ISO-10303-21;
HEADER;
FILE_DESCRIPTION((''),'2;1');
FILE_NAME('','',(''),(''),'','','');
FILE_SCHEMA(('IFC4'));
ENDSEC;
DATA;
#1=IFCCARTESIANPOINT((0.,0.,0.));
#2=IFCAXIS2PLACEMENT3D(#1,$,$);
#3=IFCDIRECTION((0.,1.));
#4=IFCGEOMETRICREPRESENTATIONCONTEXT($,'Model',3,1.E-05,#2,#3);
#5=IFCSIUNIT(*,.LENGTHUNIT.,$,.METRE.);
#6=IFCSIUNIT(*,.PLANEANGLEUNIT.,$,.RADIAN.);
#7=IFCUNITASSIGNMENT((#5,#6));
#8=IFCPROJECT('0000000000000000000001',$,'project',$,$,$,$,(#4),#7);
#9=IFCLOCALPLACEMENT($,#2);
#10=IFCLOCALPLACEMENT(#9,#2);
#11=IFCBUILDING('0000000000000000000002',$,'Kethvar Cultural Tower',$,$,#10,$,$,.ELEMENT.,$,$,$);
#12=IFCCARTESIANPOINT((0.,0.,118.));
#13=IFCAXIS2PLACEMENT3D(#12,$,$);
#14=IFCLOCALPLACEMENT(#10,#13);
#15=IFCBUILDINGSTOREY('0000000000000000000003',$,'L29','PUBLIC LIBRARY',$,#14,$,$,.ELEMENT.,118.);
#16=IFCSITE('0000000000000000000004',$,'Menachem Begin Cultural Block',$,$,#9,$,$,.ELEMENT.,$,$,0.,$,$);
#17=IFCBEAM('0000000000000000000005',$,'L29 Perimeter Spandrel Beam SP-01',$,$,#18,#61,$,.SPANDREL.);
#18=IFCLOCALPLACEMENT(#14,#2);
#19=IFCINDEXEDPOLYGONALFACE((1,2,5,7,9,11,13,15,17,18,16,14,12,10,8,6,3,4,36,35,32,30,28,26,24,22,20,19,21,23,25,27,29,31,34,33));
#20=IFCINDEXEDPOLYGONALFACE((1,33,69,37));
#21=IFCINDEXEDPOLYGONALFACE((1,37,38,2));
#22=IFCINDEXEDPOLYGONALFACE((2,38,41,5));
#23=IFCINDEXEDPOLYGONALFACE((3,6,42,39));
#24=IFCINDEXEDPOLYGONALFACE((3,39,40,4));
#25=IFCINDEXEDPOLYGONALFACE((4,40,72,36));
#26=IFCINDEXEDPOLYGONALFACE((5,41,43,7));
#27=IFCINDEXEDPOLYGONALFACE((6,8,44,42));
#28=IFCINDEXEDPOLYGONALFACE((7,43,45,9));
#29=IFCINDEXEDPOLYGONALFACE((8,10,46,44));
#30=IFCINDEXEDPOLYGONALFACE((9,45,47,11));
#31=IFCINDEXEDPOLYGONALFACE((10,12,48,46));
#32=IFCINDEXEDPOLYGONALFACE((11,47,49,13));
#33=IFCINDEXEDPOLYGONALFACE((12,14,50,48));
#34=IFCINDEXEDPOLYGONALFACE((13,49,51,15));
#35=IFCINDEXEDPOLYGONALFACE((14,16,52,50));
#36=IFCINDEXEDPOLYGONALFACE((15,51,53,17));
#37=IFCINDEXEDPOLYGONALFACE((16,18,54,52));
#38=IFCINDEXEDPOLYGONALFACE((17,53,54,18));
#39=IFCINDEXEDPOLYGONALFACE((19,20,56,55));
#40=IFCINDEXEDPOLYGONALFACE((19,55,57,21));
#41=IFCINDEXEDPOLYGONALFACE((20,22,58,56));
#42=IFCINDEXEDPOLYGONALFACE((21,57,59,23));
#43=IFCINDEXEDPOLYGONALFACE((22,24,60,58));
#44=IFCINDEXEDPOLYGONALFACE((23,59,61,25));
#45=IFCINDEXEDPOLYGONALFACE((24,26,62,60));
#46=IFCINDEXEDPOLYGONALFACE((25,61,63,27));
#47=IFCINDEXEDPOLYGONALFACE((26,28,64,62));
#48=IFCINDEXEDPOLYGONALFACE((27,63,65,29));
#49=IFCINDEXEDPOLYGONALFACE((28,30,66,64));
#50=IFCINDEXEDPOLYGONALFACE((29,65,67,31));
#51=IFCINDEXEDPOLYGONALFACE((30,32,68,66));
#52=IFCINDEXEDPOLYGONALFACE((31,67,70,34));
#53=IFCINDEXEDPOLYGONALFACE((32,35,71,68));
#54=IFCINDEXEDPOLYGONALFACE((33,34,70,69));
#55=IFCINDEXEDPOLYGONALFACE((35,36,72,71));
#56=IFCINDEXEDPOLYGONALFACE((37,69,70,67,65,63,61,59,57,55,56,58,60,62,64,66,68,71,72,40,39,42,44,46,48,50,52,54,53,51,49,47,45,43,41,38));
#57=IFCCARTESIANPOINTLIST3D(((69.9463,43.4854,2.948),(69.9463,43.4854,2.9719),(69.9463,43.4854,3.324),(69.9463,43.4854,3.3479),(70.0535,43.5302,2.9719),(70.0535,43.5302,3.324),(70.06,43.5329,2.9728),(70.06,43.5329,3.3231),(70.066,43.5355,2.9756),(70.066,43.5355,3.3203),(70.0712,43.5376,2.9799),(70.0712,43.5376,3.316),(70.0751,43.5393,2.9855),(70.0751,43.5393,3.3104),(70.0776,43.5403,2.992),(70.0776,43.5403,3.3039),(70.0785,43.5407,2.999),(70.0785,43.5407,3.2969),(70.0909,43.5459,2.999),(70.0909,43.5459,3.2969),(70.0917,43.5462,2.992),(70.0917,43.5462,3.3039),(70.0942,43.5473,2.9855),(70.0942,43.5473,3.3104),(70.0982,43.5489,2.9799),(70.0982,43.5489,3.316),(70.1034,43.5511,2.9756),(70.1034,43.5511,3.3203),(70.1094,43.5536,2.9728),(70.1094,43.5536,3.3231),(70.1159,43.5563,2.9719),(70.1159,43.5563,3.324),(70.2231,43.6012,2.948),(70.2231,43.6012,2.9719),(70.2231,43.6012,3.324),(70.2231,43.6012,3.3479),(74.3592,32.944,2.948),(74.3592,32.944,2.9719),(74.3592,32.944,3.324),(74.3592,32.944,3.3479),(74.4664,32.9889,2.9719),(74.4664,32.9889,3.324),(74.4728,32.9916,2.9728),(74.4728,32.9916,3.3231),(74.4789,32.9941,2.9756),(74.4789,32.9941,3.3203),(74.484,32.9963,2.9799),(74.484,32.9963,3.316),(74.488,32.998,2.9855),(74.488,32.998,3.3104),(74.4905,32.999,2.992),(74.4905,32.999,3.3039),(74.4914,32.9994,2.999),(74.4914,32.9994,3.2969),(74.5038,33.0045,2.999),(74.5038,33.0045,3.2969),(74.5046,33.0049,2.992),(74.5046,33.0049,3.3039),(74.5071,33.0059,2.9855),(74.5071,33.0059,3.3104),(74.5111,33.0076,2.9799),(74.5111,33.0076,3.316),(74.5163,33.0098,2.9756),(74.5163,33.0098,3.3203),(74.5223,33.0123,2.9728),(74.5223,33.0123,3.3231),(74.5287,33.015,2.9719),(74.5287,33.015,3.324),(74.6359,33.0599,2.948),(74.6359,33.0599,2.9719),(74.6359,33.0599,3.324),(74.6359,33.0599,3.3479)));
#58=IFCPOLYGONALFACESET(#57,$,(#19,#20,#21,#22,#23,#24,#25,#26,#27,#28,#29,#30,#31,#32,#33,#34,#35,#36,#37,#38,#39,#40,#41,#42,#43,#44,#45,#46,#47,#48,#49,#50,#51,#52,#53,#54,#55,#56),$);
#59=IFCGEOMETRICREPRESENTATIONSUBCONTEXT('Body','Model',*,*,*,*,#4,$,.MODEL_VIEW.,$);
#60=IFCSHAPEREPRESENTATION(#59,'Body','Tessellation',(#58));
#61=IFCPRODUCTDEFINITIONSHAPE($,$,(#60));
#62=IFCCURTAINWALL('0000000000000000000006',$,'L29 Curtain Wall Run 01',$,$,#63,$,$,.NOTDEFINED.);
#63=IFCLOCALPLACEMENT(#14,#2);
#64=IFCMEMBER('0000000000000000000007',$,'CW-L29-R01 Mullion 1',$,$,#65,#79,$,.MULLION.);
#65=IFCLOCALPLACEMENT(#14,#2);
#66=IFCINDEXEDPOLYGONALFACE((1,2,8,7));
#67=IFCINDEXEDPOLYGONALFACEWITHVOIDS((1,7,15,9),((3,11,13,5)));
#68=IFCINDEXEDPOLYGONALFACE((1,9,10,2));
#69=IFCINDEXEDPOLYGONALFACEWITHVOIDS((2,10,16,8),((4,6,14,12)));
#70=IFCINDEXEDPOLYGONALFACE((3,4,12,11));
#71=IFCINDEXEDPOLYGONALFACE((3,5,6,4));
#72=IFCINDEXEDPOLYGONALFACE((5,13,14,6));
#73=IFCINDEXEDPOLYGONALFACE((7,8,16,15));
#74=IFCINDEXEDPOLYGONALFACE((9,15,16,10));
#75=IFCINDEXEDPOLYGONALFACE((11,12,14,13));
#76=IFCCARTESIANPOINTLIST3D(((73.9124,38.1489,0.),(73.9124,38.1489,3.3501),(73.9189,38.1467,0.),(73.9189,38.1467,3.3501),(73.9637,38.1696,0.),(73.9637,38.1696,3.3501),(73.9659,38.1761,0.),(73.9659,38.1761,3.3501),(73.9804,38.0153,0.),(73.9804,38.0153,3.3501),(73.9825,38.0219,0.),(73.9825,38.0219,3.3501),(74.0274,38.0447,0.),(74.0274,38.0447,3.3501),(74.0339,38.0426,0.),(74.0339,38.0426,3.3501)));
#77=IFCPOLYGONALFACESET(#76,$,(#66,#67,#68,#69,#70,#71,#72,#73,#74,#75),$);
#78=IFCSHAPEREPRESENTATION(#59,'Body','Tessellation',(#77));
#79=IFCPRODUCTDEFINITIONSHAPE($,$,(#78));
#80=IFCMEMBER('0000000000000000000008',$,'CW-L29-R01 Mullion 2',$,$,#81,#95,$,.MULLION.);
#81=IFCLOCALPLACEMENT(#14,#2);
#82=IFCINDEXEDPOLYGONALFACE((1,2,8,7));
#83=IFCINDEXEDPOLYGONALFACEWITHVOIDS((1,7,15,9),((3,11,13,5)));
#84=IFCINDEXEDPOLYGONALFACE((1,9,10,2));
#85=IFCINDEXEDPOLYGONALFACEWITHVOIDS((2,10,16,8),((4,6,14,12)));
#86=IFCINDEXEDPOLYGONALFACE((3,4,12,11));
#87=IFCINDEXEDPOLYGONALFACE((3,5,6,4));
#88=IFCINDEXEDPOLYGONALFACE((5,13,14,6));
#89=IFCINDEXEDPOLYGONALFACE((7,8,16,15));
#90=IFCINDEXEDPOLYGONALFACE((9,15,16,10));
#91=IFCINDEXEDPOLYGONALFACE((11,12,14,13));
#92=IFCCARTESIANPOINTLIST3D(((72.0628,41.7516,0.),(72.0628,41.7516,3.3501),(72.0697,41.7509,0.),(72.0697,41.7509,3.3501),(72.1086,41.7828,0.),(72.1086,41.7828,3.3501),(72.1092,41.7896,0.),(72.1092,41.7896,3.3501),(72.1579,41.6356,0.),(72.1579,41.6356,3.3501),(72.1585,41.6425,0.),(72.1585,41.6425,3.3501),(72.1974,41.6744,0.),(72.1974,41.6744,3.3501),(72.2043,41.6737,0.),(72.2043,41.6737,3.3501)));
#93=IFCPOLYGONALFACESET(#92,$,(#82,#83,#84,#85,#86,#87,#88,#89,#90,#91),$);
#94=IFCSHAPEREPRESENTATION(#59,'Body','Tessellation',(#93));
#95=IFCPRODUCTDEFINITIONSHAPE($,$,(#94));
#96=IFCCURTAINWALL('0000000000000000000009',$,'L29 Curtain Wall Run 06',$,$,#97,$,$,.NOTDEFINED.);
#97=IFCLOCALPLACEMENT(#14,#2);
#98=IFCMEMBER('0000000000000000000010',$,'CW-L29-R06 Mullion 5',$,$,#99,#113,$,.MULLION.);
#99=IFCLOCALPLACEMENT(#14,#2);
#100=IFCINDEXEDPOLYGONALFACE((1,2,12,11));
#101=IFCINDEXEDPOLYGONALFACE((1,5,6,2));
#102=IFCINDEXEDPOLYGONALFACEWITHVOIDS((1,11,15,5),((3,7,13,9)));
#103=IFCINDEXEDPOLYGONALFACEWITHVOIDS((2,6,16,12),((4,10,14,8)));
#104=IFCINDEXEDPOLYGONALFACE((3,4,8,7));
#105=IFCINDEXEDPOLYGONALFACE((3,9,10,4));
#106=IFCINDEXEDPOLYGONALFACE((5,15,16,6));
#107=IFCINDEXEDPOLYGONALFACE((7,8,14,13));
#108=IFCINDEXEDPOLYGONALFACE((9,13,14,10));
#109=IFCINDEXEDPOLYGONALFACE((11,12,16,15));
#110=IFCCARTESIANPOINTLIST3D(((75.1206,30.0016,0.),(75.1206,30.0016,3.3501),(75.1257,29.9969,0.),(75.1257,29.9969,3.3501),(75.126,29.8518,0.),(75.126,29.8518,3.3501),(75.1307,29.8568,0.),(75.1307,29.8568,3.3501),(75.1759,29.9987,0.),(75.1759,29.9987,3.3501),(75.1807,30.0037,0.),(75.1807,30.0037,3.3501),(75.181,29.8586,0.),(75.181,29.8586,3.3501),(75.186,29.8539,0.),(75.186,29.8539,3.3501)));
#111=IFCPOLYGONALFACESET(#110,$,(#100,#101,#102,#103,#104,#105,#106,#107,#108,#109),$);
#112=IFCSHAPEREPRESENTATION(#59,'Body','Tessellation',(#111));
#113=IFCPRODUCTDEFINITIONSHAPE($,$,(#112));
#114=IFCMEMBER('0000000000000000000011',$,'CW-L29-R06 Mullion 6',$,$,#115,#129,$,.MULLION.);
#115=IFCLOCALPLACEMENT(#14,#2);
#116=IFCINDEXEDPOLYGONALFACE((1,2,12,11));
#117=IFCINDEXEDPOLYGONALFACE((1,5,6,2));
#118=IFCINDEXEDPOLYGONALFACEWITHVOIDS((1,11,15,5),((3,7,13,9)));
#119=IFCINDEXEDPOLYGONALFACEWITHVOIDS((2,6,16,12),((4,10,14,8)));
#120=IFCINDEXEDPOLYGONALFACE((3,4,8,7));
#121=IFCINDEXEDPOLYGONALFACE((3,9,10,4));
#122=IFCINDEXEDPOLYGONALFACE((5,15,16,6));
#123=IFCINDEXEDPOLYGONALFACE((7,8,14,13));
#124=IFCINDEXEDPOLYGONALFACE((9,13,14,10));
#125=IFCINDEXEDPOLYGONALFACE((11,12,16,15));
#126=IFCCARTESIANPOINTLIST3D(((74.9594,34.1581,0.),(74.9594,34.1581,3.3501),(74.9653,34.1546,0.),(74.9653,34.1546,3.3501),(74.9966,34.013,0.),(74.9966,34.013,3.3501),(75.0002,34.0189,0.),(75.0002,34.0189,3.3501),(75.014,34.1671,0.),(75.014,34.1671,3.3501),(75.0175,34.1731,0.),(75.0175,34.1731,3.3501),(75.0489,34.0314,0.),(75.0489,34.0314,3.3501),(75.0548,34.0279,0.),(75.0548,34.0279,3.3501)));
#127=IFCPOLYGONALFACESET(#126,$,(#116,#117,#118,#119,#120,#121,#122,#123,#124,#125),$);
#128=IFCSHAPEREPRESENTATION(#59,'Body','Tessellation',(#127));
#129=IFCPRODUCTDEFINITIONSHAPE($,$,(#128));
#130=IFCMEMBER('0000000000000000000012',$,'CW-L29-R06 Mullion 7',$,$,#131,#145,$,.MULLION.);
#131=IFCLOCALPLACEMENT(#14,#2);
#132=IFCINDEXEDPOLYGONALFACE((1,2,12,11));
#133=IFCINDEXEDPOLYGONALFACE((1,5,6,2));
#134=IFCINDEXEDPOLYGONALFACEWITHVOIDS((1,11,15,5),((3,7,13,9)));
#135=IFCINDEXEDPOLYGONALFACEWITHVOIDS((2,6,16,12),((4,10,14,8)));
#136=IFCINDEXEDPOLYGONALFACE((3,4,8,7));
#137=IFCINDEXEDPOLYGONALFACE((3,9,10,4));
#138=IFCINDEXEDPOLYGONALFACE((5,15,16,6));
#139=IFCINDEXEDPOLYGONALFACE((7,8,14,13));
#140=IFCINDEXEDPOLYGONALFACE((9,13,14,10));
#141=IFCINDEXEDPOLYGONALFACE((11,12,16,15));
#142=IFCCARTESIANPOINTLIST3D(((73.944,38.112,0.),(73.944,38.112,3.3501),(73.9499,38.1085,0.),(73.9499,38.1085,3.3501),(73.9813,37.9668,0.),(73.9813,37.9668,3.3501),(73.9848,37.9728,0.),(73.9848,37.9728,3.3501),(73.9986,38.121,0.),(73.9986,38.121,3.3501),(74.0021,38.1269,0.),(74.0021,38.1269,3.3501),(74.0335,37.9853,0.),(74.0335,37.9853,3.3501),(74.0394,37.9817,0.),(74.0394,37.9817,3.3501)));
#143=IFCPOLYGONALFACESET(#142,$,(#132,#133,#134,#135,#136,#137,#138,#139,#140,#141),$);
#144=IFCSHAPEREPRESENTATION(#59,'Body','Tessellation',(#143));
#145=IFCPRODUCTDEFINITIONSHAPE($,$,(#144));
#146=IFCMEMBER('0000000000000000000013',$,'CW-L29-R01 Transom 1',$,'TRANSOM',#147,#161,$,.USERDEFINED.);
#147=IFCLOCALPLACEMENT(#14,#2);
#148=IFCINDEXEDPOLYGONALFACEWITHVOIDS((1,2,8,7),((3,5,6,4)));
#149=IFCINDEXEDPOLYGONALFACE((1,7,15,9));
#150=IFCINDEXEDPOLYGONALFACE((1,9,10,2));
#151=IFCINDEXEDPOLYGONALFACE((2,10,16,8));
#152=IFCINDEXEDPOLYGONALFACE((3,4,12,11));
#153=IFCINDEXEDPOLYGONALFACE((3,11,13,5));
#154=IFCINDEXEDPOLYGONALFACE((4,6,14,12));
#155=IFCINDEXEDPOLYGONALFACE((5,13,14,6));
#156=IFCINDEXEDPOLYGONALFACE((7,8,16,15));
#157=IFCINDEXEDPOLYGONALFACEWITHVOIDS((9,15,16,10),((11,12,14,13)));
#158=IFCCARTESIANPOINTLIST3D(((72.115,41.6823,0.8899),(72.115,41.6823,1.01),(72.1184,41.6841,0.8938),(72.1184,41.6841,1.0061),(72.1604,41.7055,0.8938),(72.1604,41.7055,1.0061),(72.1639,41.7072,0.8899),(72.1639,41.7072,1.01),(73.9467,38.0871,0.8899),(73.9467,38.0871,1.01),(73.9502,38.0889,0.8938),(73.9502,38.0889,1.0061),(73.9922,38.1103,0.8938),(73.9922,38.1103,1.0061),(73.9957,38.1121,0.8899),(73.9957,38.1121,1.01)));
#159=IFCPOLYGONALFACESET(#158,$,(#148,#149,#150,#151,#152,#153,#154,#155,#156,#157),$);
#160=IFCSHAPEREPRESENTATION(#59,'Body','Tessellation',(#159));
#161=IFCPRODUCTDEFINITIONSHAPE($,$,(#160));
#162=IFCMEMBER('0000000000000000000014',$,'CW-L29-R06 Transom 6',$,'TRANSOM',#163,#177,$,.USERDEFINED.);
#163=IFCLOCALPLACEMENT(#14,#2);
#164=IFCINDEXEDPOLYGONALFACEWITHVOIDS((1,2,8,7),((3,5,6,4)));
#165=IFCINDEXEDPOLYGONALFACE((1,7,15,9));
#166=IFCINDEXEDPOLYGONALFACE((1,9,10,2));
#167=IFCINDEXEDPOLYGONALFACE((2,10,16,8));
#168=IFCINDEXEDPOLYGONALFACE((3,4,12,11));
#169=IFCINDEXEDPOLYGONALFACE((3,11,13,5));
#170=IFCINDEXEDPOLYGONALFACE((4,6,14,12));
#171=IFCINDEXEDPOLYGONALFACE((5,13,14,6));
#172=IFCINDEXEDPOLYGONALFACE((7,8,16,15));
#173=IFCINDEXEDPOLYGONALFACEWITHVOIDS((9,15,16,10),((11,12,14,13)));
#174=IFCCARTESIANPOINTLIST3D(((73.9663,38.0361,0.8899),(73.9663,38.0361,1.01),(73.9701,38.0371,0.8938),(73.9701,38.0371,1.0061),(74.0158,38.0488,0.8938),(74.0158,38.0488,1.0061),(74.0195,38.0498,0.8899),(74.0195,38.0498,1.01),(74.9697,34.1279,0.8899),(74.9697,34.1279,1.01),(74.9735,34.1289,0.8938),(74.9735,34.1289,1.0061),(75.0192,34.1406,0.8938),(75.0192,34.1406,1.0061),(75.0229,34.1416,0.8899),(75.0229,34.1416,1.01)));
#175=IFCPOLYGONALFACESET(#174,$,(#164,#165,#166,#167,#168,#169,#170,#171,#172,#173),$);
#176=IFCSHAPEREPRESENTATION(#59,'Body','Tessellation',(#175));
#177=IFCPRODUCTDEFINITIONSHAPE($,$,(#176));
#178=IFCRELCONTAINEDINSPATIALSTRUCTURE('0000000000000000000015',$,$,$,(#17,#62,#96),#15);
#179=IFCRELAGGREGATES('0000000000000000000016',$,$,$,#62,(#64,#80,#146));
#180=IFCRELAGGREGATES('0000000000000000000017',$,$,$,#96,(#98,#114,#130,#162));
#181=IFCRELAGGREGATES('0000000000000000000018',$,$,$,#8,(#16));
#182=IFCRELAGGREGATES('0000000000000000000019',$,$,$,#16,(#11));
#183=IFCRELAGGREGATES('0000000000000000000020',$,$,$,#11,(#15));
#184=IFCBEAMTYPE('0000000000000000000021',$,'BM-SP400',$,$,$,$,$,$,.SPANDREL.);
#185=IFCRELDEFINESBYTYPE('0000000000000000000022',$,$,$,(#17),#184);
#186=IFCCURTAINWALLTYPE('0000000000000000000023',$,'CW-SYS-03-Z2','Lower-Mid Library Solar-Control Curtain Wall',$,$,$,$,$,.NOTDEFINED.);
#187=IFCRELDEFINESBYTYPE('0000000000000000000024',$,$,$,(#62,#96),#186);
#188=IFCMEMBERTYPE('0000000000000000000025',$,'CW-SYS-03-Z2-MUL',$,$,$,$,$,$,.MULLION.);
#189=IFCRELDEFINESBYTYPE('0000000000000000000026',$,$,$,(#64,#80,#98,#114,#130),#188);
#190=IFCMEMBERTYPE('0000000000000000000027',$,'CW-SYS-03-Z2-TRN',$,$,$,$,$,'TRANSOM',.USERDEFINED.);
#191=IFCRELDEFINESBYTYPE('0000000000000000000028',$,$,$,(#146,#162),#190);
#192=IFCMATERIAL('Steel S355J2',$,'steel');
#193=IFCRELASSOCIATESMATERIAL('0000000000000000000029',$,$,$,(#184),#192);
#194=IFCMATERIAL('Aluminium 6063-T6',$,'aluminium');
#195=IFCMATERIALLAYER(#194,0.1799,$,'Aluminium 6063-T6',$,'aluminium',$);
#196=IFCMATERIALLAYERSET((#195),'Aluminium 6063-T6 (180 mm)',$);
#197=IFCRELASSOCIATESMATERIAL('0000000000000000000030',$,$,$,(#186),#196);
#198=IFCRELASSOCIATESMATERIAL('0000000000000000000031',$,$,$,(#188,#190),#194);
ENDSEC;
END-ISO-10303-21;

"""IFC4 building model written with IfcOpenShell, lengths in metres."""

from ifc_helpers import new_model, si_unit, direction, frame, origin, origin_2d, place, context, subcontext, project, spatial, hollow_rectangle, i_section, extrude, source, transform, mapped, material, layer, layer_set, material_profile, profile_set, type_object, element, aggregate, save


model = new_model("IFC4")

# Units and contexts
model_context = context("Model", 3, precision=1e-05, world=origin(), true_north=direction((0.0, 1.0)))
body_context = subcontext(model_context, "Body", "Model", "MODEL_VIEW")
ifc_project = project(units=[si_unit("LENGTHUNIT", "METRE"), si_unit("PLANEANGLEUNIT", "RADIAN")], contexts=[model_context])

# Site, building, storey
site_placement = place(None, origin())
site = spatial("IfcSite", under=ifc_project, at=site_placement, Name="Menachem Begin Cultural Block", CompositionType="ELEMENT", RefElevation=0.0)
building_placement = place(site_placement, origin())
building = spatial("IfcBuilding", under=site, at=building_placement, Name="Kethvar Cultural Tower", CompositionType="ELEMENT")
storey_placement = place(building_placement, frame((0.0, 0.0, 118.0)))
storey = spatial("IfcBuildingStorey", under=building, at=storey_placement, Name="L29", Description="PUBLIC LIBRARY", CompositionType="ELEMENT", Elevation=118.0)

# Beam
ifc_material_1 = material(Name="Steel S355J2", Category="steel")
ifc_material_profile_1 = material_profile(ifc_material_1, i_section(OverallWidth=0.3, OverallDepth=0.3999, WebThickness=0.0134, FlangeThickness=0.0239, FilletRadius=0.0271, at=origin_2d()), Name="Steel S355J2 — HEB400")
ifc_profile_set_1 = profile_set([ifc_material_profile_1], Name="Steel S355J2 — HEB400")
beam_type_1 = type_object("IfcBeamType", Name="BM-SP400", PredefinedType="SPANDREL", material=ifc_profile_set_1)
shared_shape_1 = source(origin(), body_context, "Body", "SweptSolid", [
    extrude(i_section(OverallWidth=0.3, OverallDepth=0.3999, WebThickness=0.0134, FlangeThickness=0.0239, FilletRadius=0.0271, at=origin_2d()), origin(), (0.0, 0.0, 1.0), 11.4277),
])
beam_1_placement = place(storey_placement, frame((74.4976, 33.002, 3.1479), z_axis=(-0.386155, 0.922434, 0.0), x_axis=(-0.922434, -0.386155, 0.0)))
element("IfcBeam", 1, at=beam_1_placement, inside=storey, type_object=beam_type_1, Name="L29 Perimeter Spandrel Beam SP-01", PredefinedType="SPANDREL", context=body_context, shape_type="MappedRepresentation", body=[
    mapped(shared_shape_1, transform((0.0, 0.0, 0.0), scale=1.0)),
])

# Curtain walls, members
ifc_material_2 = material(Name="Aluminium 6063-T6", Category="aluminium")
ifc_layer_1 = layer(ifc_material_2, 0.1799, Name="Aluminium 6063-T6", Category="aluminium")
ifc_layer_set_1 = layer_set([ifc_layer_1], Name="Aluminium 6063-T6 (180 mm)")
curtain_wall_type = type_object("IfcCurtainWallType", Name="CW-SYS-03-Z2", Description="Lower-Mid Library Solar-Control Curtain Wall", PredefinedType="NOTDEFINED", material=ifc_layer_set_1)
curtain_wall_1_placement = place(storey_placement, origin())
curtain_wall_1 = element("IfcCurtainWall", 2, at=curtain_wall_1_placement, inside=storey, type_object=curtain_wall_type, Name="L29 Curtain Wall Run 01", PredefinedType="NOTDEFINED")
ifc_material_profile_2 = material_profile(ifc_material_2, hollow_rectangle(XDim=0.0601, YDim=0.1499, WallThickness=0.0049, at=origin_2d()), Name="Aluminium 6063-T6 — RHS150x60x5")
ifc_profile_set_2 = profile_set([ifc_material_profile_2], Name="Aluminium 6063-T6 — RHS150x60x5")
member_type_1 = type_object("IfcMemberType", Name="CW-SYS-03-Z2-MUL", PredefinedType="MULLION", material=ifc_profile_set_2)
shared_shape_2 = source(origin(), body_context, "Body", "SweptSolid", [
    extrude(hollow_rectangle(XDim=0.0601, YDim=0.1499, WallThickness=0.0049, at=origin_2d()), origin(), (0.0, 0.0, 1.0), 3.3501),
])
member_1_placement = place(storey_placement, frame((73.9731, 38.0957, 0.0), z_axis=(0.0, 0.0, 1.0), x_axis=(-0.891014, -0.453975, 0.0)))
member_1 = element("IfcMember", 3, at=member_1_placement, type_object=member_type_1, Name="CW-L29-R01 Mullion 1", PredefinedType="MULLION", context=body_context, shape_type="MappedRepresentation", body=[
    mapped(shared_shape_2, transform((0.0, 0.0, 0.0), scale=1.0)),
])
member_2_placement = place(storey_placement, frame((72.1335, 41.7126, 0.0), z_axis=(0.0, 0.0, 1.0), x_axis=(-0.773243, -0.63411, 0.0)))
member_2 = element("IfcMember", 4, at=member_2_placement, type_object=member_type_1, Name="CW-L29-R01 Mullion 2", PredefinedType="MULLION", context=body_context, shape_type="MappedRepresentation", body=[
    mapped(shared_shape_2, transform((0.0, 0.0, 0.0), scale=1.0)),
])
curtain_wall_2_placement = place(storey_placement, origin())
curtain_wall_2 = element("IfcCurtainWall", 5, at=curtain_wall_2_placement, inside=storey, type_object=curtain_wall_type, Name="L29 Curtain Wall Run 06", PredefinedType="NOTDEFINED")
member_3_placement = place(storey_placement, frame((75.1533, 29.9277, 0.0), z_axis=(0.0, 0.0, 1.0), x_axis=(-0.999362, -0.035702, 0.0)))
member_3 = element("IfcMember", 6, at=member_3_placement, type_object=member_type_1, Name="CW-L29-R06 Mullion 5", PredefinedType="MULLION", context=body_context, shape_type="MappedRepresentation", body=[
    mapped(shared_shape_2, transform((0.0, 0.0, 0.0), scale=1.0)),
])
member_4_placement = place(storey_placement, frame((75.0071, 34.093, 0.0), z_axis=(0.0, 0.0, 1.0), x_axis=(-0.968579, -0.248707, 0.0)))
member_4 = element("IfcMember", 7, at=member_4_placement, type_object=member_type_1, Name="CW-L29-R06 Mullion 6", PredefinedType="MULLION", context=body_context, shape_type="MappedRepresentation", body=[
    mapped(shared_shape_2, transform((0.0, 0.0, 0.0), scale=1.0)),
])
member_5_placement = place(storey_placement, frame((73.9917, 38.0469, 0.0), z_axis=(0.0, 0.0, 1.0), x_axis=(-0.968579, -0.248707, 0.0)))
member_5 = element("IfcMember", 8, at=member_5_placement, type_object=member_type_1, Name="CW-L29-R06 Mullion 7", PredefinedType="MULLION", context=body_context, shape_type="MappedRepresentation", body=[
    mapped(shared_shape_2, transform((0.0, 0.0, 0.0), scale=1.0)),
])

# Members
ifc_material_profile_3 = material_profile(ifc_material_2, hollow_rectangle(XDim=0.0549, YDim=0.1201, WallThickness=0.0039, at=origin_2d()), Name="Aluminium 6063-T6 — RHS120x55x4")
ifc_profile_set_3 = profile_set([ifc_material_profile_3], Name="Aluminium 6063-T6 — RHS120x55x4")
member_type_2 = type_object("IfcMemberType", Name="CW-SYS-03-Z2-TRN", ElementType="TRANSOM", PredefinedType="USERDEFINED", material=ifc_profile_set_3)
shared_shape_3 = source(origin(), body_context, "Body", "SweptSolid", [
    extrude(hollow_rectangle(XDim=0.0549, YDim=0.1201, WallThickness=0.0039, at=origin_2d()), origin(), (0.0, 0.0, 1.0), 4.0349),
])
member_6_placement = place(storey_placement, frame((73.9712, 38.0996, 0.95), z_axis=(-0.453977, 0.891013, 0.0), x_axis=(-0.891013, -0.453977, 0.0)))
member_6 = element("IfcMember", 9, at=member_6_placement, type_object=member_type_2, Name="CW-L29-R01 Transom 1", ObjectType="TRANSOM", PredefinedType="USERDEFINED", context=body_context, shape_type="MappedRepresentation", body=[
    mapped(shared_shape_3, transform((0.0, 0.0, 0.0), scale=1.0)),
])
member_7_placement = place(storey_placement, frame((74.9963, 34.1348, 0.95), z_axis=(-0.248681, 0.968585, 0.0), x_axis=(-0.968585, -0.248681, 0.0)))
member_7 = element("IfcMember", 10, at=member_7_placement, type_object=member_type_2, Name="CW-L29-R06 Transom 6", ObjectType="TRANSOM", PredefinedType="USERDEFINED", context=body_context, shape_type="MappedRepresentation", body=[
    mapped(shared_shape_3, transform((0.0, 0.0, 0.0), scale=1.0)),
])

aggregate(curtain_wall_1, [member_1, member_2, member_6])
aggregate(curtain_wall_2, [member_3, member_4, member_5, member_7])

save(model, "model.ifc")
